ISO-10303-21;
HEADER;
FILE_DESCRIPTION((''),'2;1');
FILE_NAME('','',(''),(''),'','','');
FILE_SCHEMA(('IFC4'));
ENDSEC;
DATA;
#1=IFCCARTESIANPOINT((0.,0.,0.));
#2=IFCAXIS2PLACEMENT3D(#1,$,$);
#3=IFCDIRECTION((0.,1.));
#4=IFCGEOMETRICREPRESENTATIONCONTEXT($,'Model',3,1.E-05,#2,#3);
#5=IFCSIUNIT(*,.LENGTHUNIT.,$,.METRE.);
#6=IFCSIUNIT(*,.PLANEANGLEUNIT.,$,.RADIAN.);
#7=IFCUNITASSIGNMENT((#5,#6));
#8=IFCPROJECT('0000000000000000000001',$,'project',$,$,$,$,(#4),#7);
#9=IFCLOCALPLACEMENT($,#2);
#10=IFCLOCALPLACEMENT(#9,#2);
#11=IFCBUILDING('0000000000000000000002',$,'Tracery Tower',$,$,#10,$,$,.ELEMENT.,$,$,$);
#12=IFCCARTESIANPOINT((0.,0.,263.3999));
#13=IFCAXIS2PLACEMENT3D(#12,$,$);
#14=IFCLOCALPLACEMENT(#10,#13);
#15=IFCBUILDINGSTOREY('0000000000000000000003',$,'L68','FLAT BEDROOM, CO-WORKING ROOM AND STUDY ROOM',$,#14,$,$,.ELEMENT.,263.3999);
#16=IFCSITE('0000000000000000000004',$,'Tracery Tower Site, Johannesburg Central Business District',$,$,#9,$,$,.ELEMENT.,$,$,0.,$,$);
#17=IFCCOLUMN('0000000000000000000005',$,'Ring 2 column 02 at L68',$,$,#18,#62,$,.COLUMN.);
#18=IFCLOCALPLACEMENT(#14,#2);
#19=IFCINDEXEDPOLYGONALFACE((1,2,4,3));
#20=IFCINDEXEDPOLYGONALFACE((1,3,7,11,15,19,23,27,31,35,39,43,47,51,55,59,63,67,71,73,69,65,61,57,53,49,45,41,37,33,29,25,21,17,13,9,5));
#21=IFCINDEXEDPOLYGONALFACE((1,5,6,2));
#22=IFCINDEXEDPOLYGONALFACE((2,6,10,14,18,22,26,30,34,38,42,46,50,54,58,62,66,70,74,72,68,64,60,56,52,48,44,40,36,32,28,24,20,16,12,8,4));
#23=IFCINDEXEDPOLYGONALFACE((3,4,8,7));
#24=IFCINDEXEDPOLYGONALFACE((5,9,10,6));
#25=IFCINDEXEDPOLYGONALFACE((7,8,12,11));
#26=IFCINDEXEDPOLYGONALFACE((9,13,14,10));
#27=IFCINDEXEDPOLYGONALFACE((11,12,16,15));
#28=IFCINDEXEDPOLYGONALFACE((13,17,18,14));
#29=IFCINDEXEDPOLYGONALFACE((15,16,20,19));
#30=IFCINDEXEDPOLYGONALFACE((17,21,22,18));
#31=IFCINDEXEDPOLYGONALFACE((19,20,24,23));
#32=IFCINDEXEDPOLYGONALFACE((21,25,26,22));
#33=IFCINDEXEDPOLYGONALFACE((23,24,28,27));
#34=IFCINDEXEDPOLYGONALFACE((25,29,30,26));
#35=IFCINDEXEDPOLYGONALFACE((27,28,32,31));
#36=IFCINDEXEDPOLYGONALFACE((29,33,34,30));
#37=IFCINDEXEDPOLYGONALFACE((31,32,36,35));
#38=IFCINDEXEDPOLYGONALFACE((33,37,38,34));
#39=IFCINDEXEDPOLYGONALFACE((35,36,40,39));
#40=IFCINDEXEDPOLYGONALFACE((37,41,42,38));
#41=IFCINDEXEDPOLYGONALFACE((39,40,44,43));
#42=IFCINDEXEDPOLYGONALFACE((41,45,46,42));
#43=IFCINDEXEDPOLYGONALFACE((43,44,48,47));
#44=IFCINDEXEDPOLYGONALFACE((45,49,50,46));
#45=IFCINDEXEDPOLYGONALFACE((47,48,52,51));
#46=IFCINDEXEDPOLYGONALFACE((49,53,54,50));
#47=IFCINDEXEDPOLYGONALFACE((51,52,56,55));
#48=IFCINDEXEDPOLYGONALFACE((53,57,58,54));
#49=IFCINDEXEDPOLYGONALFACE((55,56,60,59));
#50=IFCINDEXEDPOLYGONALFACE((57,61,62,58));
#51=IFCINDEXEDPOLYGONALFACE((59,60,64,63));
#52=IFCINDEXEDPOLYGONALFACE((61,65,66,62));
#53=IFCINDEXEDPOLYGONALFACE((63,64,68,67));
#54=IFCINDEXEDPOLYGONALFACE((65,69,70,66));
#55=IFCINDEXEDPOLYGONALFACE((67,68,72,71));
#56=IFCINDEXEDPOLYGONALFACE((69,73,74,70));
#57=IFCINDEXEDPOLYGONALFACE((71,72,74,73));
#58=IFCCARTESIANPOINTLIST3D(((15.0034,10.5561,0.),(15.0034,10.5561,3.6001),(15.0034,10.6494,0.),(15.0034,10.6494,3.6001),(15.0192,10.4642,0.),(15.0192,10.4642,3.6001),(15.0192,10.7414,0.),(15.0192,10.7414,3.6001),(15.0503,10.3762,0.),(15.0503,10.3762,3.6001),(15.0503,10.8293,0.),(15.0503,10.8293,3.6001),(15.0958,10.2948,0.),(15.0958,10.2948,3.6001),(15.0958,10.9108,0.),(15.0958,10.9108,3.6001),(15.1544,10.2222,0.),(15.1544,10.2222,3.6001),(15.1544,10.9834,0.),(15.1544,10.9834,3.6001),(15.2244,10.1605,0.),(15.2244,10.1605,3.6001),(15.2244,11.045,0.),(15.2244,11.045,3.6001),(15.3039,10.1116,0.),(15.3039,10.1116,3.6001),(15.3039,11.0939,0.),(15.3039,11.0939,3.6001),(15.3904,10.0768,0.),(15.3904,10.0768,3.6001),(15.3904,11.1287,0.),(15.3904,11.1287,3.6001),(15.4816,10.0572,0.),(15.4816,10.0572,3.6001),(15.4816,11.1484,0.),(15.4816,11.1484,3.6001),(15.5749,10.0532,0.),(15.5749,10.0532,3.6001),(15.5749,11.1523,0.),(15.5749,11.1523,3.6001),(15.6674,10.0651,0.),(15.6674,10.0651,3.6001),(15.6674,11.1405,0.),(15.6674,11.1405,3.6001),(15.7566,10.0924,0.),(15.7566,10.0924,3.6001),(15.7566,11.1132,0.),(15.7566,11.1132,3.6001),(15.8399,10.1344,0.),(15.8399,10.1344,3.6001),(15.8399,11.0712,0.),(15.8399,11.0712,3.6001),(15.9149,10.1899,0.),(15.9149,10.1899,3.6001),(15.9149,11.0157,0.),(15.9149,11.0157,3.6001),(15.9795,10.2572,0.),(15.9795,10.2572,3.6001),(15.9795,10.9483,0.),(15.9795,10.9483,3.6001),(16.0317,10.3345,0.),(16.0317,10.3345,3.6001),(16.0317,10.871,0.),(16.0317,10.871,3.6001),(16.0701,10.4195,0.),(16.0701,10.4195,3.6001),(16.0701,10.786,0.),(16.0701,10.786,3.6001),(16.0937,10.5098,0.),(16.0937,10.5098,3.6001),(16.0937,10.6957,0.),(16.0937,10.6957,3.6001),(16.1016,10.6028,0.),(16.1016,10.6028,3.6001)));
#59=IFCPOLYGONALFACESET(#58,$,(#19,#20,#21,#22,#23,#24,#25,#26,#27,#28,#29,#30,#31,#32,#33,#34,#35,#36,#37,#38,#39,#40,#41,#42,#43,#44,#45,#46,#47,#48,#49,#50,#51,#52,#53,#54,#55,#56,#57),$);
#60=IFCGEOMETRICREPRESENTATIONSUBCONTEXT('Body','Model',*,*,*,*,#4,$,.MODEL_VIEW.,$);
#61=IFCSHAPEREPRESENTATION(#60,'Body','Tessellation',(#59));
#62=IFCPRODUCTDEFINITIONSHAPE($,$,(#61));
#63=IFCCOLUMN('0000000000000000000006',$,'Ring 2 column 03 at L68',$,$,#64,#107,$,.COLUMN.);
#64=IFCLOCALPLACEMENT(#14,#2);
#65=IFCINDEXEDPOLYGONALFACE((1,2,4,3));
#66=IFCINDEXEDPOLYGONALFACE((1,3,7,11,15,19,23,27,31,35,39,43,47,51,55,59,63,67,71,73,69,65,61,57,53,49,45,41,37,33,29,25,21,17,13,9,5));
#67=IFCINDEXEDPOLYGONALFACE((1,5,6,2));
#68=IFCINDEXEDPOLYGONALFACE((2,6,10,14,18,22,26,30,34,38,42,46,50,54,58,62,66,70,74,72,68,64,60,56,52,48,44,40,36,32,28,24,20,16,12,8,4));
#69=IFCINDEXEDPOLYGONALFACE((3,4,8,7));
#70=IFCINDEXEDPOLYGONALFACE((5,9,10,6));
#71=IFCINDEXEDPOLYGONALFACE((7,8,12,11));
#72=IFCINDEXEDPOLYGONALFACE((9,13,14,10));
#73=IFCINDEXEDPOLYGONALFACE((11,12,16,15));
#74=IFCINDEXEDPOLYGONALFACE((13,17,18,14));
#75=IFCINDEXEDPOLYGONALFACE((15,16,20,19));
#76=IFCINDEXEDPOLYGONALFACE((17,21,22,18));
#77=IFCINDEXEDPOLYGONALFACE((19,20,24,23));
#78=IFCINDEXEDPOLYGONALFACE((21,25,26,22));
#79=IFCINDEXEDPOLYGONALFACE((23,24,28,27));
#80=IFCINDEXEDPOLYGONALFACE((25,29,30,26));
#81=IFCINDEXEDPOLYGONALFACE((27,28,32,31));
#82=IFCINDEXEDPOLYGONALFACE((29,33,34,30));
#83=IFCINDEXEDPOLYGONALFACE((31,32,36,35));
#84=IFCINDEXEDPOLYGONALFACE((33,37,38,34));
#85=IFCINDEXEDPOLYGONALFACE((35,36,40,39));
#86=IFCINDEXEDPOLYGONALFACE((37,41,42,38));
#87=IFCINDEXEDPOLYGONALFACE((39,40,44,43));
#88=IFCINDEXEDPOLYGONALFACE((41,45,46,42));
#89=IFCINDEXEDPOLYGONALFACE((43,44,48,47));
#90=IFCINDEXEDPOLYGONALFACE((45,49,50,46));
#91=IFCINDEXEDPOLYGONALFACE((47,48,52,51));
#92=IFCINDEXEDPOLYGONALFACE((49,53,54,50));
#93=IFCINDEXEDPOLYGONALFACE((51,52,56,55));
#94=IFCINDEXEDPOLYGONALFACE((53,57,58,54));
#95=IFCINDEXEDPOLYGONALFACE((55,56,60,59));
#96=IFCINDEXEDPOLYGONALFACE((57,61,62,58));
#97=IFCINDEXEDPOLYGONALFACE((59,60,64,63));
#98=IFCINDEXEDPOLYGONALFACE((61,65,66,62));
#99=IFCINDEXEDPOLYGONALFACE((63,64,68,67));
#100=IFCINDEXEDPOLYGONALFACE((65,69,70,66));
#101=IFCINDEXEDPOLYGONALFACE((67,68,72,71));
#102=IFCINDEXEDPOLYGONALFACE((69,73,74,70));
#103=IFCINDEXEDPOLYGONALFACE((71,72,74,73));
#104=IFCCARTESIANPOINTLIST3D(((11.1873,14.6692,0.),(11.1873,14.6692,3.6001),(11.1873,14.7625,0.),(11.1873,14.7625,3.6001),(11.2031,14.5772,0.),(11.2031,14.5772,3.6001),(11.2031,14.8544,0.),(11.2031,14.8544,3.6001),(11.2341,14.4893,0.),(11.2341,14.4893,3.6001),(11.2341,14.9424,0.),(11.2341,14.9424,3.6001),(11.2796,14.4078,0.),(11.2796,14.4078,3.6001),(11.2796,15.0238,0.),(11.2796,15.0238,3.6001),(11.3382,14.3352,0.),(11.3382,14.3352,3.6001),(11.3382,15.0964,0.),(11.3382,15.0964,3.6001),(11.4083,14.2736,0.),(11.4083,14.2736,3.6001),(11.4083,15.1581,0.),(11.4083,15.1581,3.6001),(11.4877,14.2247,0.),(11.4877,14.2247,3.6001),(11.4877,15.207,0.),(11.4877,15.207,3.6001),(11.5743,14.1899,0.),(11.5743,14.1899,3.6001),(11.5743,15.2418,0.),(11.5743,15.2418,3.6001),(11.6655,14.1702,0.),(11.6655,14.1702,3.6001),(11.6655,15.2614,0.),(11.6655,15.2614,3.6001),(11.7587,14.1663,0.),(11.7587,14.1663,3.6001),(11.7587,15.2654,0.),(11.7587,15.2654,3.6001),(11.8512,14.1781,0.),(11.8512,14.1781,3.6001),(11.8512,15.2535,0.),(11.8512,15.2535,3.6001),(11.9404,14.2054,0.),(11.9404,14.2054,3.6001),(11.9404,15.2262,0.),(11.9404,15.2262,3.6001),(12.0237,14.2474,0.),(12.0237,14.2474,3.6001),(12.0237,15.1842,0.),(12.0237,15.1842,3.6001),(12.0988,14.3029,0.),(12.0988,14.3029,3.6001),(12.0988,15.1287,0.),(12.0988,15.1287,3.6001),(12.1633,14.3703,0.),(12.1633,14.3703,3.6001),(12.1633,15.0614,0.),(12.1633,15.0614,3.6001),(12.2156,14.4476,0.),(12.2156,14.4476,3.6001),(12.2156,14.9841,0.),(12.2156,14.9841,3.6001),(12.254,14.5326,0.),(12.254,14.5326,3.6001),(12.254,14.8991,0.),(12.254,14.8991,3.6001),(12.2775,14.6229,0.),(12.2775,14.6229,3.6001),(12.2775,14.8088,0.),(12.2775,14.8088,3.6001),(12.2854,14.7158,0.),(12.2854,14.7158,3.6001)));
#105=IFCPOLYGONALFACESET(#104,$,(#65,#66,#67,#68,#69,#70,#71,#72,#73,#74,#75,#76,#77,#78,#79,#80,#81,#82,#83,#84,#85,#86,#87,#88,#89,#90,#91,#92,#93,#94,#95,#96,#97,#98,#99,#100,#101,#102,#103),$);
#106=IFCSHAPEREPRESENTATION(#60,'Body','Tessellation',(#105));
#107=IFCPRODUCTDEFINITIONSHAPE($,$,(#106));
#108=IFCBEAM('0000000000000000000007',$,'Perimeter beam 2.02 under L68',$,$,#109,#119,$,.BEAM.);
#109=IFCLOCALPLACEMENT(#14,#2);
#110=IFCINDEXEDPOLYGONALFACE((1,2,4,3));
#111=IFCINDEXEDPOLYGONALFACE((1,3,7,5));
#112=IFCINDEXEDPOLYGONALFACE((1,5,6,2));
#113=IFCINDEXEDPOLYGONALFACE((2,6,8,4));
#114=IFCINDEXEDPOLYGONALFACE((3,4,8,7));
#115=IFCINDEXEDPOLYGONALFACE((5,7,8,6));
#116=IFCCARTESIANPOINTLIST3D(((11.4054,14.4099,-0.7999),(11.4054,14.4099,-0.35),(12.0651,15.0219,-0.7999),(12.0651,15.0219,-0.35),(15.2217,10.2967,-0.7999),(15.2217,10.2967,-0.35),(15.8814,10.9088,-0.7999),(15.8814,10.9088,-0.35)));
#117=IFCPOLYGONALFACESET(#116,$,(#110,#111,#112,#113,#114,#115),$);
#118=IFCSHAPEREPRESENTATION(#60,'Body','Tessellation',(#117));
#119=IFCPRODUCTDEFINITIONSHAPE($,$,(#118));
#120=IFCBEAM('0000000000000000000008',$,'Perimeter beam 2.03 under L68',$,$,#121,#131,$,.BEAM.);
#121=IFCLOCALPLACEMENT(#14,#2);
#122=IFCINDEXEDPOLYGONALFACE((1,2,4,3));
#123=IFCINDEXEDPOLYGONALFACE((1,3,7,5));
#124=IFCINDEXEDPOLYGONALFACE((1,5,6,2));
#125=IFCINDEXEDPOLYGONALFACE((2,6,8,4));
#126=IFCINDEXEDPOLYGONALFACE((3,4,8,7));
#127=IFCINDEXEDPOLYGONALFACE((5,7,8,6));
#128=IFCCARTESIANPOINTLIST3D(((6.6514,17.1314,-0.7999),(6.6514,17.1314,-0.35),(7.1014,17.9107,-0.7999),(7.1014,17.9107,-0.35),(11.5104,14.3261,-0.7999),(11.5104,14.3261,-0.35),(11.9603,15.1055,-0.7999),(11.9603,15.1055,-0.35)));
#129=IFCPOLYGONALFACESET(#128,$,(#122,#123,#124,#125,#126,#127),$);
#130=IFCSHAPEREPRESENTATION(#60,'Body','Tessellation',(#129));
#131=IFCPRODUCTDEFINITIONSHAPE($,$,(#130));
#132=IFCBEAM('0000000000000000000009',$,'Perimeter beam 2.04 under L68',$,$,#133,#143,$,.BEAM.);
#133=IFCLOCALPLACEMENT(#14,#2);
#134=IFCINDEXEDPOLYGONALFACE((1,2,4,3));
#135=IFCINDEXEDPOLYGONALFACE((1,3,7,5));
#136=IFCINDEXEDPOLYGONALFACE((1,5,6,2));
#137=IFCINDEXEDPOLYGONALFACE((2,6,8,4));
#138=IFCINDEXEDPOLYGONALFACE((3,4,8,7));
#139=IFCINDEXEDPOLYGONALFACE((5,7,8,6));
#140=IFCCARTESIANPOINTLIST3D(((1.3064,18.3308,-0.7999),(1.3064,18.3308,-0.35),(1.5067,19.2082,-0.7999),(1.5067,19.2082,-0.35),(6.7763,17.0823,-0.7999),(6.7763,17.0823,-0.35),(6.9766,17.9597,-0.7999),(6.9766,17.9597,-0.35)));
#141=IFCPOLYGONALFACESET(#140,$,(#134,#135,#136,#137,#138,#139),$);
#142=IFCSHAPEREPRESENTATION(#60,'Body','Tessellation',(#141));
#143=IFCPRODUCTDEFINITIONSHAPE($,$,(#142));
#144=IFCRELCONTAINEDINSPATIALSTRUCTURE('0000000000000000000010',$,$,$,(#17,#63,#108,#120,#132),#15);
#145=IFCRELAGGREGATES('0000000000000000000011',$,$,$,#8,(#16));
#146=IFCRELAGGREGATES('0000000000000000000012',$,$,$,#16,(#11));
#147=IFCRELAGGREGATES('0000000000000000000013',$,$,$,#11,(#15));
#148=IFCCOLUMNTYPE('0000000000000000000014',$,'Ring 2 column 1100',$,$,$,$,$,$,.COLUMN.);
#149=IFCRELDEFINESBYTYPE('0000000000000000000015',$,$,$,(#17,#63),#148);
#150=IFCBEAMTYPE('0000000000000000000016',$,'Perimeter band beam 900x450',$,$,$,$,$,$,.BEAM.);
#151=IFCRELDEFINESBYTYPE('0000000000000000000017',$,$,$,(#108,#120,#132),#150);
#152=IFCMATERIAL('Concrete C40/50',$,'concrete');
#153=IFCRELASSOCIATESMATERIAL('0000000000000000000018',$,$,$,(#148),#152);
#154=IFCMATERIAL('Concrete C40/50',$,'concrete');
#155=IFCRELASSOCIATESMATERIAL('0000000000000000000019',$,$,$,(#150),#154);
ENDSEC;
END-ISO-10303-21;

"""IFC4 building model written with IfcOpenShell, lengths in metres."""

from ifc_helpers import new_model, si_unit, direction, frame, origin, origin_2d, place, context, subcontext, project, spatial, rectangle, circle, extrude, material, material_profile, profile_set, type_object, element, save


model = new_model("IFC4")

# Units and contexts
model_context = context("Model", 3, precision=1e-05, world=origin(), true_north=direction((0.0, 1.0)))
body_context = subcontext(model_context, "Body", "Model", "MODEL_VIEW")
ifc_project = project(units=[si_unit("LENGTHUNIT", "METRE"), si_unit("PLANEANGLEUNIT", "RADIAN")], contexts=[model_context])

# Site, building, storey
site_placement = place(None, origin())
site = spatial("IfcSite", under=ifc_project, at=site_placement, Name="Tracery Tower Site, Johannesburg Central Business District", CompositionType="ELEMENT", RefElevation=0.0)
building_placement = place(site_placement, origin())
building = spatial("IfcBuilding", under=site, at=building_placement, Name="Tracery Tower", CompositionType="ELEMENT")
storey_placement = place(building_placement, frame((0.0, 0.0, 263.3999)))
storey = spatial("IfcBuildingStorey", under=building, at=storey_placement, Name="L68", Description="FLAT BEDROOM, CO-WORKING ROOM AND STUDY ROOM", CompositionType="ELEMENT", Elevation=263.3999)

# Columns
ifc_material_1 = material(Name="Concrete C40/50", Category="concrete")
ifc_material_profile_1 = material_profile(ifc_material_1, circle(Radius=0.55, at=origin_2d()), Name="RC D1100")
ifc_profile_set_1 = profile_set([ifc_material_profile_1], Name="Concrete C40/50")
column_type = type_object("IfcColumnType", Name="Ring 2 column 1100", PredefinedType="COLUMN", material=ifc_profile_set_1)
for number, where, z_axis, x_axis, name in (
    (1, (15.5515, 10.6028, 0.0), (0.0, 0.0, 1.0), (1.0, 0.0, 0.0), "Ring 2 column 02 at L68"),
    (2, (11.7354, 14.7158, 0.0), (0.0, 0.0, 1.0), (1.0, 0.0, 0.0), "Ring 2 column 03 at L68"),
):
    element("IfcColumn", number, at=place(storey_placement, frame(where, z_axis=z_axis, x_axis=x_axis)), inside=storey, type_object=column_type, Name=name, PredefinedType="COLUMN", context=body_context, shape_type="SweptSolid", body=[
        extrude(circle(Radius=0.55, at=origin_2d()), origin(), (0.0, 0.0, 1.0), 3.6001),
    ])

# Beams
ifc_material_2 = material(Name="Concrete C40/50", Category="concrete")
ifc_material_profile_2 = material_profile(ifc_material_2, rectangle(XDim=0.8999, YDim=0.45, at=origin_2d()), Name="RC 900x450")
ifc_profile_set_2 = profile_set([ifc_material_profile_2], Name="Concrete C40/50")
beam_type = type_object("IfcBeamType", Name="Perimeter band beam 900x450", PredefinedType="BEAM", material=ifc_profile_set_2)
beam_placement = place(storey_placement, frame((15.5515, 10.6028, -0.575), z_axis=(-0.680156, 0.733068, 0.0), x_axis=(-0.733068, -0.680156, 0.0)))
element("IfcBeam", 3, at=beam_placement, inside=storey, type_object=beam_type, Name="Perimeter beam 2.02 under L68", PredefinedType="BEAM", context=body_context, shape_type="SweptSolid", body=[
    extrude(rectangle(XDim=0.8999, YDim=0.45, at=origin_2d()), origin(), (0.0, 0.0, 1.0), 5.6108),
])
for number, where, z_axis, x_axis, name in (
    (4, (11.7354, 14.7158, -0.575), (-0.866033, 0.499986, 0.0), (-0.499986, -0.866033, 0.0), "Perimeter beam 2.03 under L68"),
    (5, (6.8765, 17.521, -0.575), (-0.974926, 0.222529, 0.0), (-0.222529, -0.974926, 0.0), "Perimeter beam 2.04 under L68"),
):
    element("IfcBeam", number, at=place(storey_placement, frame(where, z_axis=z_axis, x_axis=x_axis)), inside=storey, type_object=beam_type, Name=name, PredefinedType="BEAM", context=body_context, shape_type="SweptSolid", body=[
        extrude(rectangle(XDim=0.8999, YDim=0.45, at=origin_2d()), origin(), (0.0, 0.0, 1.0), 5.6106),
    ])

save(model, "model.ifc")
